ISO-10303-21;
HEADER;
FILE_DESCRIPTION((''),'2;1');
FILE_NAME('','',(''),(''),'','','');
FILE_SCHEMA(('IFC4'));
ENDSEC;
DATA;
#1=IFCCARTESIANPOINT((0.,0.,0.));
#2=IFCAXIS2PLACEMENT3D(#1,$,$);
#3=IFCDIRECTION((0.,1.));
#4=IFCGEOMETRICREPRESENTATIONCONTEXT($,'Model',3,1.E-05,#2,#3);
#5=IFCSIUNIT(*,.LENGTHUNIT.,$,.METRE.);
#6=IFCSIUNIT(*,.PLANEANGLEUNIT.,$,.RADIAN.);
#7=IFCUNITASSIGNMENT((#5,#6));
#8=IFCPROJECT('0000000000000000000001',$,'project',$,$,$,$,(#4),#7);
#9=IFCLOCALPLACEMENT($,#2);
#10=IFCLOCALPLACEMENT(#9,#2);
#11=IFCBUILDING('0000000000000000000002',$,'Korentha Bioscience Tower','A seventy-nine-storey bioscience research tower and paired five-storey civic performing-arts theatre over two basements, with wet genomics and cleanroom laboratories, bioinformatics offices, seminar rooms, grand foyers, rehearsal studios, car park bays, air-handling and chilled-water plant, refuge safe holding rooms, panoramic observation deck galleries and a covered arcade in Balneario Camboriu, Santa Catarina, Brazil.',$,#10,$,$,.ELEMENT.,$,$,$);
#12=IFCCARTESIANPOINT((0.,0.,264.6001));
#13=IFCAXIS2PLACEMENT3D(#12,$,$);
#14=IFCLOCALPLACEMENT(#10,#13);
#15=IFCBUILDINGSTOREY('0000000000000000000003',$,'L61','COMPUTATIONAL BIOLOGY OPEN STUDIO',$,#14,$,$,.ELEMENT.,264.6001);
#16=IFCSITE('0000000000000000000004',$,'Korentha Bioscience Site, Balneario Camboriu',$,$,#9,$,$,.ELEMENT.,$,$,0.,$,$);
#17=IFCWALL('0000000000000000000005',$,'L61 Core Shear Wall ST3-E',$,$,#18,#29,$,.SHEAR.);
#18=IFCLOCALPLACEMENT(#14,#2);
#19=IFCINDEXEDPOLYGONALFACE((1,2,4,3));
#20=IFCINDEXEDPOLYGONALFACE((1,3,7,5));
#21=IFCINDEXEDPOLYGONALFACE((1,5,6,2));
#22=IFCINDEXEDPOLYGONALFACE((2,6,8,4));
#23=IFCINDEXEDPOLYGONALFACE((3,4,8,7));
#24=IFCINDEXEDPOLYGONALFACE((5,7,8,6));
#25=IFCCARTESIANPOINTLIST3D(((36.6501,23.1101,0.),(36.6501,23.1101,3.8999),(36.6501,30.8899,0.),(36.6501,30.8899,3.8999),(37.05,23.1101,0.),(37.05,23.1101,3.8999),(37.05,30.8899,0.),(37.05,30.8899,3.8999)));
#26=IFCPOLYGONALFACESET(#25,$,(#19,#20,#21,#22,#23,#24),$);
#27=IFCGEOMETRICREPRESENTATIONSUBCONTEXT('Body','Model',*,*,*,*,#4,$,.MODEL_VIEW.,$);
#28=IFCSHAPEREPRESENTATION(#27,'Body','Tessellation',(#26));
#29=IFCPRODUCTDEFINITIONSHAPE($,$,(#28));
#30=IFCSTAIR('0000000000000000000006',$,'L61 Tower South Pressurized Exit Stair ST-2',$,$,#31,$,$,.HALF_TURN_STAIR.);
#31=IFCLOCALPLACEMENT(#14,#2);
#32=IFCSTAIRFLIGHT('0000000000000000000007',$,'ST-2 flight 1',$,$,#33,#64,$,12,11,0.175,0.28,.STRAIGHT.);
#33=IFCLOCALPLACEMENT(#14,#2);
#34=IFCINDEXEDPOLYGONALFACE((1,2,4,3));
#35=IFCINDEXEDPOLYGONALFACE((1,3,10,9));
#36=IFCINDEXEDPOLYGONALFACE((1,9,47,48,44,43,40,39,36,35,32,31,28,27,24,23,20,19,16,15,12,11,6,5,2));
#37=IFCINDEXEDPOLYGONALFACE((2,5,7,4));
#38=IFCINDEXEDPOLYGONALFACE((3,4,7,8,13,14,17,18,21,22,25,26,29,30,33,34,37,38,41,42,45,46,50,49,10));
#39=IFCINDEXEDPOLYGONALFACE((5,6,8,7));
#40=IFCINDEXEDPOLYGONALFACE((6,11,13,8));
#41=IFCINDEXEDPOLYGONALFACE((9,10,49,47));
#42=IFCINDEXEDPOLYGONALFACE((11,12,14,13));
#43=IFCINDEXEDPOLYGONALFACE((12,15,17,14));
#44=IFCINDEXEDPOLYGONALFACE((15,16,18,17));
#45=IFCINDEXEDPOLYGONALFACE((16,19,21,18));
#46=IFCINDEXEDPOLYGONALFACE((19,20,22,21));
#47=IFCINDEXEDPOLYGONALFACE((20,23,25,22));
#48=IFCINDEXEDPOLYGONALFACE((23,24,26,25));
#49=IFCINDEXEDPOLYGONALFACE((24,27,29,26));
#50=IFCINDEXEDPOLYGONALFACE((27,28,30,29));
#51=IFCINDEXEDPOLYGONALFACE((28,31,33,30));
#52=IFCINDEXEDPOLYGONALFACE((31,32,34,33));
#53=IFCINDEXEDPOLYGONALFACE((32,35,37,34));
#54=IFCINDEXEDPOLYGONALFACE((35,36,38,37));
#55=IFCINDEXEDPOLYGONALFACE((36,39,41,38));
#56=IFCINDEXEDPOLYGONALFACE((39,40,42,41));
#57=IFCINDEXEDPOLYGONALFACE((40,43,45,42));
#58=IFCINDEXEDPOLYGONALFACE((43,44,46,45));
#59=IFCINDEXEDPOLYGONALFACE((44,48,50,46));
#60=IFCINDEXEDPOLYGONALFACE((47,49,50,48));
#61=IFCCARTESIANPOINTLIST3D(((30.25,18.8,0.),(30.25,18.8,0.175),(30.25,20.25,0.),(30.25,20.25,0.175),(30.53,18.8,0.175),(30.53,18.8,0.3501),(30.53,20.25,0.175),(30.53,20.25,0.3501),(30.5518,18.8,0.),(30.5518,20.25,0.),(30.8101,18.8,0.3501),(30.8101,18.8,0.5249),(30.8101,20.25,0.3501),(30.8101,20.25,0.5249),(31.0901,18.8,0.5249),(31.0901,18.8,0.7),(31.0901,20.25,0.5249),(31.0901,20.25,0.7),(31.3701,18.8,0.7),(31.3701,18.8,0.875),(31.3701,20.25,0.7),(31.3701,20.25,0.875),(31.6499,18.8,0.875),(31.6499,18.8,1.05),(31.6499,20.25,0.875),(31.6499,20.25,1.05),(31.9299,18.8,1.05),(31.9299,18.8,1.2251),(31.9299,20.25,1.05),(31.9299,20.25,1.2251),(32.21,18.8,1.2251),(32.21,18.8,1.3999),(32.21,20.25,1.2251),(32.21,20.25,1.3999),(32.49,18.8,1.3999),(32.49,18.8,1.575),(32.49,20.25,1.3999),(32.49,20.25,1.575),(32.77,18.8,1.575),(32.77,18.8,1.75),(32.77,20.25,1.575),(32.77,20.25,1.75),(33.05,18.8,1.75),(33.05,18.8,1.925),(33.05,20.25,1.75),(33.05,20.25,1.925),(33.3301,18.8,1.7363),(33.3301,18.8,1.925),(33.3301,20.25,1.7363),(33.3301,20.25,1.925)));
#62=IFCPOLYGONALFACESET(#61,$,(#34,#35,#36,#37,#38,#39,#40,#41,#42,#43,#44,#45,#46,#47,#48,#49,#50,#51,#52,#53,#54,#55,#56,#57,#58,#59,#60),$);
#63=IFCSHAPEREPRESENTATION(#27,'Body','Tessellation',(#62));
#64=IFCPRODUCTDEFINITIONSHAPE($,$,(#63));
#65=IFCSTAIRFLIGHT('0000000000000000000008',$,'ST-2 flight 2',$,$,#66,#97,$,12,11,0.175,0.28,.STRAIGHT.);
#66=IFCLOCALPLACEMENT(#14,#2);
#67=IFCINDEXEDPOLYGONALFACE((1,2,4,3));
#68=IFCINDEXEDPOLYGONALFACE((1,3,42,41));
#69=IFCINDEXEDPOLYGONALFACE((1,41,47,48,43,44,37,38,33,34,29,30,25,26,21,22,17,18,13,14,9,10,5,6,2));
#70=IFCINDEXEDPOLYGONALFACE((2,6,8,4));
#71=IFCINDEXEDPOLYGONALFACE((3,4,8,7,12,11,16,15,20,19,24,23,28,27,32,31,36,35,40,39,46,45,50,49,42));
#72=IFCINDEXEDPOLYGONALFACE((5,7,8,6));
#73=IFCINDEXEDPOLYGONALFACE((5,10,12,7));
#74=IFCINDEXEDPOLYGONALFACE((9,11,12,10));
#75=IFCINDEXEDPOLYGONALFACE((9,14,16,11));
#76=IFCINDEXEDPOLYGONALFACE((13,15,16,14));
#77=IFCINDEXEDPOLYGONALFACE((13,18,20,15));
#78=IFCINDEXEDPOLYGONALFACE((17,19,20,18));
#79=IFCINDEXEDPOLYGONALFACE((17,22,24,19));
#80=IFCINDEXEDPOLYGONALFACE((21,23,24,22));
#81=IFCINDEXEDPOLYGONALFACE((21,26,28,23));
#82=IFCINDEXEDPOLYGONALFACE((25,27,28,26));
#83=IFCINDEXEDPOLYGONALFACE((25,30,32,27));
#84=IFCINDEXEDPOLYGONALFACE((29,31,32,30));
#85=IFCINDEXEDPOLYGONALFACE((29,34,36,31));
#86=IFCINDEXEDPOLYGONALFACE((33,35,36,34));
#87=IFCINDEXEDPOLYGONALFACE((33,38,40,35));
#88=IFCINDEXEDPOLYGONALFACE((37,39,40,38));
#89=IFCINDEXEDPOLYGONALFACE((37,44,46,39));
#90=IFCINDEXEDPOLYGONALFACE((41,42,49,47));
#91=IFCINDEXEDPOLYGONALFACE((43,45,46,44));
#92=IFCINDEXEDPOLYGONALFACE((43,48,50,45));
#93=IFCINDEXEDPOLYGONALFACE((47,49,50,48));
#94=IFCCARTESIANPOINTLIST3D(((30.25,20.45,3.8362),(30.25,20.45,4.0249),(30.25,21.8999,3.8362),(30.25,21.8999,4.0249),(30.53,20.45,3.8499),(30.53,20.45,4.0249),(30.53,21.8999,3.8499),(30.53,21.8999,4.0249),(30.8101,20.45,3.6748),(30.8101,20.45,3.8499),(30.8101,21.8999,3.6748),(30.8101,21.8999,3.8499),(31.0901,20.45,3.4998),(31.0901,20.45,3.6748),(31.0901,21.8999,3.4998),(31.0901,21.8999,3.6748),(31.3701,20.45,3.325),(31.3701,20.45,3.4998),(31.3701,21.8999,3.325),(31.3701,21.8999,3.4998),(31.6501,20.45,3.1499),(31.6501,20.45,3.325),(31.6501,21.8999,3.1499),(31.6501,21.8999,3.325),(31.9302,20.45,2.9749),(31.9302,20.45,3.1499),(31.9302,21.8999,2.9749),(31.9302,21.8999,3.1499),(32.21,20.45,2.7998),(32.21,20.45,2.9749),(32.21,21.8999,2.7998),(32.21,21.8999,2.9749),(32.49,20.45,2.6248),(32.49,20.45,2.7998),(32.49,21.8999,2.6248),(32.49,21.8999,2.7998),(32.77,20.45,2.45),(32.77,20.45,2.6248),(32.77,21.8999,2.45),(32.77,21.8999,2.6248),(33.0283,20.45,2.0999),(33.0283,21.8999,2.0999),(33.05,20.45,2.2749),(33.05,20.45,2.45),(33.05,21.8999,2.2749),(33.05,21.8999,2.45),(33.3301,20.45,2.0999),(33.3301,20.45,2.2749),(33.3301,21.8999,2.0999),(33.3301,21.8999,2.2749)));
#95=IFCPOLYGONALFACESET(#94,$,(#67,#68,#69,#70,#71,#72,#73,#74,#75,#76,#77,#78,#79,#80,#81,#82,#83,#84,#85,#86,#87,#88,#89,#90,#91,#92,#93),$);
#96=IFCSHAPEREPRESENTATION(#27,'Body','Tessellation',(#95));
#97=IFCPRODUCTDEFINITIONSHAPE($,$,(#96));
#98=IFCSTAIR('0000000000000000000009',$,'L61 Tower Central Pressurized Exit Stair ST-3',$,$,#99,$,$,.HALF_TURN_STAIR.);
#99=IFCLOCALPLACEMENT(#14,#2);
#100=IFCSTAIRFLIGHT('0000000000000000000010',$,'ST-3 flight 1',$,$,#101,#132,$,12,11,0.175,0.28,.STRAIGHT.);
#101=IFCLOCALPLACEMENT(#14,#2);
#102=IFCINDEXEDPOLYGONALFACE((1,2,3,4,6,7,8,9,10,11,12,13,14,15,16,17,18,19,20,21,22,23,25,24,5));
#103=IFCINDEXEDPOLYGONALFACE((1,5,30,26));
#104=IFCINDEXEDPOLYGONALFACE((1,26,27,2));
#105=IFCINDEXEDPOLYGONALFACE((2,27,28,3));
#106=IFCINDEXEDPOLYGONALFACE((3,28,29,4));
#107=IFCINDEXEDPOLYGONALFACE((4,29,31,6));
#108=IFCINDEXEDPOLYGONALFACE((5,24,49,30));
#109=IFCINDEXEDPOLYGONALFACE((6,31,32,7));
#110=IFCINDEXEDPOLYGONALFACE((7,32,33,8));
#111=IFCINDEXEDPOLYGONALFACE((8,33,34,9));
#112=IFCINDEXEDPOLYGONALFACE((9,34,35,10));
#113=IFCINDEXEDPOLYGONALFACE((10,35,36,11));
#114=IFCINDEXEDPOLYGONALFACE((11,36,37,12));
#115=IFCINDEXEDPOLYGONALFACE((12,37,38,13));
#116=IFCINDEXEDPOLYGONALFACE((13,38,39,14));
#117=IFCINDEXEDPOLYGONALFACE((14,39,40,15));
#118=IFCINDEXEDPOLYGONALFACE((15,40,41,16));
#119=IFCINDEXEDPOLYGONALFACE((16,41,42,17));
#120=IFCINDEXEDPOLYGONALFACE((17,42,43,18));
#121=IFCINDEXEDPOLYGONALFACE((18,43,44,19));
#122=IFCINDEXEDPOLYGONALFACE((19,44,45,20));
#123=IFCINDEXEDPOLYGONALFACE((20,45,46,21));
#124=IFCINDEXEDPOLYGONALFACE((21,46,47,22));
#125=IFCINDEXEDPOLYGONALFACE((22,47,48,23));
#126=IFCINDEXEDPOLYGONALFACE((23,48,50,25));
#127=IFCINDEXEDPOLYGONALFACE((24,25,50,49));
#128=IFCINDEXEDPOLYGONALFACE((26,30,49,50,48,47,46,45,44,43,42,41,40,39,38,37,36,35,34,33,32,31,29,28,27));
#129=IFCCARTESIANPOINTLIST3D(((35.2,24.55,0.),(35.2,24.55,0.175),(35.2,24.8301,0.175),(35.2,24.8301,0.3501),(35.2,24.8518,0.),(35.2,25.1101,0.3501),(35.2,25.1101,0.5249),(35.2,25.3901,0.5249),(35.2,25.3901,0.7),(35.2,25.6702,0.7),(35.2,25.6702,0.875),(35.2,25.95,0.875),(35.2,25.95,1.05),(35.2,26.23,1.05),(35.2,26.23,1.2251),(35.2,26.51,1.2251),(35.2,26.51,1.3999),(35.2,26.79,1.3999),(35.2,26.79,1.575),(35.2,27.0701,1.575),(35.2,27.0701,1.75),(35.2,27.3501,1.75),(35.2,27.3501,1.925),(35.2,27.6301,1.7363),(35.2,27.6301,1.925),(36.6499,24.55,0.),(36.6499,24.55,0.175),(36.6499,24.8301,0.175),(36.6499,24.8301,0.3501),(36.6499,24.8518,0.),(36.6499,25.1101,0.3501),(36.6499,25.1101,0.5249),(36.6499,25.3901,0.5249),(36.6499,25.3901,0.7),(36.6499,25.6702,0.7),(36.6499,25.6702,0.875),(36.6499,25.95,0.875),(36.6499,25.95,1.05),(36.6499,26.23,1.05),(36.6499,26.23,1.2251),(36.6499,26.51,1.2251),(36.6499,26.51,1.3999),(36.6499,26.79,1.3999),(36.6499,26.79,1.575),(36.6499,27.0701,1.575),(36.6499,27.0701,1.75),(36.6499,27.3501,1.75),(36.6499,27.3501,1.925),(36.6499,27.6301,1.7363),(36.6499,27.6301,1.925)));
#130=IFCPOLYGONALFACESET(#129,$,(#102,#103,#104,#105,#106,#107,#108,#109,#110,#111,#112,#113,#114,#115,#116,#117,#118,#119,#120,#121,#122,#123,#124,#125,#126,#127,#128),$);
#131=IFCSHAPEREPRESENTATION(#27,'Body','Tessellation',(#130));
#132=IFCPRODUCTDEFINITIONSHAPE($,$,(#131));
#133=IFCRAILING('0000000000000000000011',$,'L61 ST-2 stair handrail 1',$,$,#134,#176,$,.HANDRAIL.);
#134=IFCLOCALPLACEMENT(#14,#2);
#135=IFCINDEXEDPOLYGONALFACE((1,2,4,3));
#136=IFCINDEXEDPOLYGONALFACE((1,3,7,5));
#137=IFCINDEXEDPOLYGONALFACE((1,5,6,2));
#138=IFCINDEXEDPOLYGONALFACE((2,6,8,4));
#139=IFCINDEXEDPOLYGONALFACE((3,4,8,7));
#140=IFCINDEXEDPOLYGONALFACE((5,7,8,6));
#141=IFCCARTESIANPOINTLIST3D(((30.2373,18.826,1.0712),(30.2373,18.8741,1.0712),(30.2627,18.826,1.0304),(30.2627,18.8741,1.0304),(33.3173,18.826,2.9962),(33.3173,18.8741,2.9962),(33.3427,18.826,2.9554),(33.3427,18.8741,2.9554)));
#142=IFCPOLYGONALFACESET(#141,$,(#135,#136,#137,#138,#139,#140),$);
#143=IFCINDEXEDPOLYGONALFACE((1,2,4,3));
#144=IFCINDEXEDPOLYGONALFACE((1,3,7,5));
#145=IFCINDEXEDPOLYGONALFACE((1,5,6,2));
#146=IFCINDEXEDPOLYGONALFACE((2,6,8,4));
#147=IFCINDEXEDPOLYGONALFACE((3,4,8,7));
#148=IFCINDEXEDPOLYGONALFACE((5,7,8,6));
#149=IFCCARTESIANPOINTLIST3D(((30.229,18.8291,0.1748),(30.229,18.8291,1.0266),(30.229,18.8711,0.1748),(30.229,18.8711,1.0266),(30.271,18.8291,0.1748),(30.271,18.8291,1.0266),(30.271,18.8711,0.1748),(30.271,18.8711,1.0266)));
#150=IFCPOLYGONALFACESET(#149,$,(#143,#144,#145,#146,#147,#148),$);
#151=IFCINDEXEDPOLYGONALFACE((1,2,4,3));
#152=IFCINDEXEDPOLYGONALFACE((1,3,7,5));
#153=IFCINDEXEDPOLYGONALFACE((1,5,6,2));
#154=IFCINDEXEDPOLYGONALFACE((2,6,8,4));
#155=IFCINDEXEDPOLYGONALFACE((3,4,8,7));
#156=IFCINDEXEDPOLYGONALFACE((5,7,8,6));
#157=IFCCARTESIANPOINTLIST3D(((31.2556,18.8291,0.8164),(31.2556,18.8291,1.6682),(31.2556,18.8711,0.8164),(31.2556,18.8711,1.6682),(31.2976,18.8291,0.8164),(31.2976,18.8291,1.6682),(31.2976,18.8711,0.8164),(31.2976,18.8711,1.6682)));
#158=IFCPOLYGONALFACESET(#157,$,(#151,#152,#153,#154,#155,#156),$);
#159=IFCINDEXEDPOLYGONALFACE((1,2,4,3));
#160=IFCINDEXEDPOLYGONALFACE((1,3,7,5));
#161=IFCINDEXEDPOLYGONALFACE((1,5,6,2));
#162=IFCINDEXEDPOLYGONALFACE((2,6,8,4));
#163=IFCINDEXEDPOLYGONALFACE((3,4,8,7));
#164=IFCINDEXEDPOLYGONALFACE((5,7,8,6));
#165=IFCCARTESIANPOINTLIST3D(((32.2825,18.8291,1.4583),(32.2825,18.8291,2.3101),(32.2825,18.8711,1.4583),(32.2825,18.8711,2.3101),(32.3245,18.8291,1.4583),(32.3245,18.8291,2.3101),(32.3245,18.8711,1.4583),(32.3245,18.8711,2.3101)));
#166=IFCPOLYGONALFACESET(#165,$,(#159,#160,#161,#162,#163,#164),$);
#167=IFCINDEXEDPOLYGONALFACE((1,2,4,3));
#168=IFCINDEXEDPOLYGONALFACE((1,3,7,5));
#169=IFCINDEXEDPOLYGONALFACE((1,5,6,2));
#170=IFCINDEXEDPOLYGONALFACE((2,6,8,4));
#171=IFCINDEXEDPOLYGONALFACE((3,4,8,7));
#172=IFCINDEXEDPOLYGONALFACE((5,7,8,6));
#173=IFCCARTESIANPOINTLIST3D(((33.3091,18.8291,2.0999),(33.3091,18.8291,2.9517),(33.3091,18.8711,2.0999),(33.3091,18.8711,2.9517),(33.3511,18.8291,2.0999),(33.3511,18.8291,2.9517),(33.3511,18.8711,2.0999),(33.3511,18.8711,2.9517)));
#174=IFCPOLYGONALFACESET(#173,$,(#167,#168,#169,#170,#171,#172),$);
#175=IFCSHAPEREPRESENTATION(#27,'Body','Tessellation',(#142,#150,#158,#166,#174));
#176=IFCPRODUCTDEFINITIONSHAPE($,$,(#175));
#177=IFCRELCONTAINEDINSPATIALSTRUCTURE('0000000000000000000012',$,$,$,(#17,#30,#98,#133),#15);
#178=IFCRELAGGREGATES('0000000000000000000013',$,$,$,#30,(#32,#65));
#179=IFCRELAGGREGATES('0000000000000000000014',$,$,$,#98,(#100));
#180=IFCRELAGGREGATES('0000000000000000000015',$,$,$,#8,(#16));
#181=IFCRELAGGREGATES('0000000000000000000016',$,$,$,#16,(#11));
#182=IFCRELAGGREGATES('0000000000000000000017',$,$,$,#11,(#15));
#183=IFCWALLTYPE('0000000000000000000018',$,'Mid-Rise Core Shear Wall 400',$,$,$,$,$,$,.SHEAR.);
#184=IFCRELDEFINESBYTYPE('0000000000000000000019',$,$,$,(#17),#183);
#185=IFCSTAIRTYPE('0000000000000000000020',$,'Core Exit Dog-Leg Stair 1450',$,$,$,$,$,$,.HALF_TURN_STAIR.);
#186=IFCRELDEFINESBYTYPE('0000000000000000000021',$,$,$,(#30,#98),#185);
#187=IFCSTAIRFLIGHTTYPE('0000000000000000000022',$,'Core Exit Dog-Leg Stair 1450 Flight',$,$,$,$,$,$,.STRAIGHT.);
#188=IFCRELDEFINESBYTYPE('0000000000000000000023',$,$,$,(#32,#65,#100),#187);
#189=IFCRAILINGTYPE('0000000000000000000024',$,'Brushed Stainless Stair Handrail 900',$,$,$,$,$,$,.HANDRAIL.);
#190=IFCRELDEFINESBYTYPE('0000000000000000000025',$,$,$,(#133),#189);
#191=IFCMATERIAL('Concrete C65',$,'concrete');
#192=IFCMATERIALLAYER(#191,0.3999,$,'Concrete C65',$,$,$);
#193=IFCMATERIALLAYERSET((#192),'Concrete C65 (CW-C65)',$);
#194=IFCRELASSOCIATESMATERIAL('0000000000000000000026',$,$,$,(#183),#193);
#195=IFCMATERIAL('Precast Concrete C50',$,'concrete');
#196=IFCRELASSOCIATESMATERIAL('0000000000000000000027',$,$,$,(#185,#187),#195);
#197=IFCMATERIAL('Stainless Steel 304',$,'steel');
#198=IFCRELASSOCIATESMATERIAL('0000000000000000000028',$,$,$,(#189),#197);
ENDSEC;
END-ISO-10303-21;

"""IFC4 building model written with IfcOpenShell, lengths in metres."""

from ifc_helpers import new_model, si_unit, direction, frame, frame_2d, origin, origin_2d, place, context, subcontext, project, spatial, polyline, rectangle, outline, extrude, material, layer, layer_set, type_object, element, aggregate, save


model = new_model("IFC4")

# Units and contexts
model_context = context("Model", 3, precision=1e-05, world=origin(), true_north=direction((0.0, 1.0)))
body_context = subcontext(model_context, "Body", "Model", "MODEL_VIEW")
ifc_project = project(units=[si_unit("LENGTHUNIT", "METRE"), si_unit("PLANEANGLEUNIT", "RADIAN")], contexts=[model_context])

# Site, building, storey
site_placement = place(None, origin())
site = spatial("IfcSite", under=ifc_project, at=site_placement, Name="Korentha Bioscience Site, Balneario Camboriu", CompositionType="ELEMENT", RefElevation=0.0)
building_placement = place(site_placement, origin())
building = spatial("IfcBuilding", under=site, at=building_placement, Name="Korentha Bioscience Tower", Description="A seventy-nine-storey bioscience research tower and paired five-storey civic performing-arts theatre over two basements, with wet genomics and cleanroom laboratories, bioinformatics offices, seminar rooms, grand foyers, rehearsal studios, car park bays, air-handling and chilled-water plant, refuge safe holding rooms, panoramic observation deck galleries and a covered arcade in Balneario Camboriu, Santa Catarina, Brazil.", CompositionType="ELEMENT")
storey_placement = place(building_placement, frame((0.0, 0.0, 264.6001)))
storey = spatial("IfcBuildingStorey", under=building, at=storey_placement, Name="L61", Description="COMPUTATIONAL BIOLOGY OPEN STUDIO", CompositionType="ELEMENT", Elevation=264.6001)

# Wall
ifc_material_1 = material(Name="Concrete C65", Category="concrete")
ifc_layer_1 = layer(ifc_material_1, 0.3999, Name="Concrete C65")
ifc_layer_set_1 = layer_set([ifc_layer_1], Name="Concrete C65 (CW-C65)")
wall_type_1 = type_object("IfcWallType", Name="Mid-Rise Core Shear Wall 400", PredefinedType="SHEAR", material=ifc_layer_set_1)
wall_1_placement = place(storey_placement, frame((36.8501, 23.1101, 0.0), z_axis=(0.0, 0.0, 1.0), x_axis=(0.0, 1.0, 0.0)))
element("IfcWall", 1, at=wall_1_placement, inside=storey, type_object=wall_type_1, Name="L61 Core Shear Wall ST3-E", PredefinedType="SHEAR", context=body_context, shape_type="SweptSolid", body=[
    extrude(rectangle(XDim=7.7798, YDim=0.3999, at=frame_2d((3.8899, 0.0))), origin(), (0.0, 0.0, 1.0), 3.8999),
])

# Stair, stair flights
ifc_material_2 = material(Name="Precast Concrete C50", Category="concrete")
stair_type = type_object("IfcStairType", Name="Core Exit Dog-Leg Stair 1450", PredefinedType="HALF_TURN_STAIR", material=ifc_material_2)
stair_1_placement = place(storey_placement, origin())
stair_1 = element("IfcStair", 2, at=stair_1_placement, inside=storey, type_object=stair_type, Name="L61 Tower South Pressurized Exit Stair ST-2", PredefinedType="HALF_TURN_STAIR")
stair_flight_type = type_object("IfcStairFlightType", Name="Core Exit Dog-Leg Stair 1450 Flight", PredefinedType="STRAIGHT", material=ifc_material_2)
stair_flight_1_placement = place(storey_placement, frame((30.25, 19.5249, 0.0), z_axis=(0.0, 0.0, 1.0), x_axis=(1.0, 0.0, 0.0)))
stair_flight_1 = element("IfcStairFlight", 3, at=stair_flight_1_placement, type_object=stair_flight_type, Name="ST-2 flight 1", NumberOfRisers=12, NumberOfTreads=11, PredefinedType="STRAIGHT", RiserHeight=0.175, TreadLength=0.28, context=body_context, shape_type="SweptSolid", body=[
    extrude(outline(polyline([(0.0, 0.0), (0.0, 0.175), (0.28, 0.175), (0.28, 0.3501), (0.5601, 0.3501), (0.5601, 0.5249), (0.8401, 0.5249), (0.8401, 0.7), (1.1201, 0.7), (1.1201, 0.875), (1.3999, 0.875), (1.3999, 1.05), (1.6799, 1.05), (1.6799, 1.2251), (1.96, 1.2251), (1.96, 1.3999), (2.24, 1.3999), (2.24, 1.575), (2.52, 1.575), (2.52, 1.75), (2.8, 1.75), (2.8, 1.925), (3.0801, 1.925), (3.0801, 2.1001), (3.0801, 1.7363), (0.3018, 0.0), (0.0, 0.0)])), frame((0.0, 0.7251, 0.0), z_axis=(0.0, -1.0, 0.0), x_axis=(1.0, 0.0, 0.0)), (0.0, 0.0, 1.0), 1.45),
])
stair_flight_2_placement = place(storey_placement, frame((33.3301, 21.175, 2.0999), z_axis=(0.0, 0.0, 1.0), x_axis=(-1.0, 0.0, 0.0)))
stair_flight_2 = element("IfcStairFlight", 4, at=stair_flight_2_placement, type_object=stair_flight_type, Name="ST-2 flight 2", NumberOfRisers=12, NumberOfTreads=11, PredefinedType="STRAIGHT", RiserHeight=0.175, TreadLength=0.28, context=body_context, shape_type="SweptSolid", body=[
    extrude(outline(polyline([(0.0, 0.0), (0.0, 0.175), (0.28, 0.175), (0.28, 0.3501), (0.5601, 0.3501), (0.5601, 0.5249), (0.8401, 0.5249), (0.8401, 0.7), (1.1201, 0.7), (1.1201, 0.875), (1.3999, 0.875), (1.3999, 1.05), (1.6799, 1.05), (1.6799, 1.2251), (1.96, 1.2251), (1.96, 1.3999), (2.24, 1.3999), (2.24, 1.575), (2.52, 1.575), (2.52, 1.75), (2.8, 1.75), (2.8, 1.925), (3.0801, 1.925), (3.0801, 2.1001), (3.0801, 1.7363), (0.3018, 0.0), (0.0, 0.0)])), frame((0.0, 0.7251, 0.0), z_axis=(0.0, -1.0, 0.0), x_axis=(1.0, 0.0, 0.0)), (0.0, 0.0, 1.0), 1.45),
])
aggregate(stair_1, [stair_flight_1, stair_flight_2])

# Stair, stair flight
stair_2_placement = place(storey_placement, origin())
stair_2 = element("IfcStair", 5, at=stair_2_placement, inside=storey, type_object=stair_type, Name="L61 Tower Central Pressurized Exit Stair ST-3", PredefinedType="HALF_TURN_STAIR")
stair_flight_3_placement = place(storey_placement, frame((35.925, 24.55, 0.0), z_axis=(0.0, 0.0, 1.0), x_axis=(0.0, 1.0, 0.0)))
stair_flight_3 = element("IfcStairFlight", 6, at=stair_flight_3_placement, type_object=stair_flight_type, Name="ST-3 flight 1", NumberOfRisers=12, NumberOfTreads=11, PredefinedType="STRAIGHT", RiserHeight=0.175, TreadLength=0.28, context=body_context, shape_type="SweptSolid", body=[
    extrude(outline(polyline([(0.0, 0.0), (0.0, 0.175), (0.28, 0.175), (0.28, 0.3501), (0.5601, 0.3501), (0.5601, 0.5249), (0.8401, 0.5249), (0.8401, 0.7), (1.1201, 0.7), (1.1201, 0.875), (1.3999, 0.875), (1.3999, 1.05), (1.6799, 1.05), (1.6799, 1.2251), (1.96, 1.2251), (1.96, 1.3999), (2.24, 1.3999), (2.24, 1.575), (2.52, 1.575), (2.52, 1.75), (2.8, 1.75), (2.8, 1.925), (3.0801, 1.925), (3.0801, 2.1001), (3.0801, 1.7363), (0.3018, 0.0), (0.0, 0.0)])), frame((0.0, 0.7251, 0.0), z_axis=(0.0, -1.0, 0.0), x_axis=(1.0, 0.0, 0.0)), (0.0, 0.0, 1.0), 1.45),
])
aggregate(stair_2, [stair_flight_3])

# Railing
ifc_material_3 = material(Name="Stainless Steel 304", Category="steel")
railing_type_1 = type_object("IfcRailingType", Name="Brushed Stainless Stair Handrail 900", PredefinedType="HANDRAIL", material=ifc_material_3)
railing_1_placement = place(storey_placement, frame((30.25, 18.8501, 0.1748)))
element("IfcRailing", 7, at=railing_1_placement, inside=storey, type_object=railing_type_1, Name="L61 ST-2 stair handrail 1", PredefinedType="HANDRAIL", context=body_context, shape_type="SweptSolid", body=[
    extrude(rectangle(XDim=0.0481, YDim=0.0481, at=origin_2d()), frame((0.0, 0.0, 0.876), z_axis=(0.847998, 0.0, 0.529999), x_axis=(0.0, 1.0, 0.0)), (0.0, 0.0, 1.0), 3.6321),
    extrude(rectangle(XDim=0.042, YDim=0.042, at=origin_2d()), origin(), (0.0, 0.0, 1.0), 0.8518),
    extrude(rectangle(XDim=0.042, YDim=0.042, at=origin_2d()), frame((1.0266, 0.0, 0.6416)), (0.0, 0.0, 1.0), 0.8518),
    extrude(rectangle(XDim=0.042, YDim=0.042, at=origin_2d()), frame((2.0535, 0.0, 1.2834)), (0.0, 0.0, 1.0), 0.8518),
    extrude(rectangle(XDim=0.042, YDim=0.042, at=origin_2d()), frame((3.0801, 0.0, 1.925)), (0.0, 0.0, 1.0), 0.8518),
])

save(model, "model.ifc")
